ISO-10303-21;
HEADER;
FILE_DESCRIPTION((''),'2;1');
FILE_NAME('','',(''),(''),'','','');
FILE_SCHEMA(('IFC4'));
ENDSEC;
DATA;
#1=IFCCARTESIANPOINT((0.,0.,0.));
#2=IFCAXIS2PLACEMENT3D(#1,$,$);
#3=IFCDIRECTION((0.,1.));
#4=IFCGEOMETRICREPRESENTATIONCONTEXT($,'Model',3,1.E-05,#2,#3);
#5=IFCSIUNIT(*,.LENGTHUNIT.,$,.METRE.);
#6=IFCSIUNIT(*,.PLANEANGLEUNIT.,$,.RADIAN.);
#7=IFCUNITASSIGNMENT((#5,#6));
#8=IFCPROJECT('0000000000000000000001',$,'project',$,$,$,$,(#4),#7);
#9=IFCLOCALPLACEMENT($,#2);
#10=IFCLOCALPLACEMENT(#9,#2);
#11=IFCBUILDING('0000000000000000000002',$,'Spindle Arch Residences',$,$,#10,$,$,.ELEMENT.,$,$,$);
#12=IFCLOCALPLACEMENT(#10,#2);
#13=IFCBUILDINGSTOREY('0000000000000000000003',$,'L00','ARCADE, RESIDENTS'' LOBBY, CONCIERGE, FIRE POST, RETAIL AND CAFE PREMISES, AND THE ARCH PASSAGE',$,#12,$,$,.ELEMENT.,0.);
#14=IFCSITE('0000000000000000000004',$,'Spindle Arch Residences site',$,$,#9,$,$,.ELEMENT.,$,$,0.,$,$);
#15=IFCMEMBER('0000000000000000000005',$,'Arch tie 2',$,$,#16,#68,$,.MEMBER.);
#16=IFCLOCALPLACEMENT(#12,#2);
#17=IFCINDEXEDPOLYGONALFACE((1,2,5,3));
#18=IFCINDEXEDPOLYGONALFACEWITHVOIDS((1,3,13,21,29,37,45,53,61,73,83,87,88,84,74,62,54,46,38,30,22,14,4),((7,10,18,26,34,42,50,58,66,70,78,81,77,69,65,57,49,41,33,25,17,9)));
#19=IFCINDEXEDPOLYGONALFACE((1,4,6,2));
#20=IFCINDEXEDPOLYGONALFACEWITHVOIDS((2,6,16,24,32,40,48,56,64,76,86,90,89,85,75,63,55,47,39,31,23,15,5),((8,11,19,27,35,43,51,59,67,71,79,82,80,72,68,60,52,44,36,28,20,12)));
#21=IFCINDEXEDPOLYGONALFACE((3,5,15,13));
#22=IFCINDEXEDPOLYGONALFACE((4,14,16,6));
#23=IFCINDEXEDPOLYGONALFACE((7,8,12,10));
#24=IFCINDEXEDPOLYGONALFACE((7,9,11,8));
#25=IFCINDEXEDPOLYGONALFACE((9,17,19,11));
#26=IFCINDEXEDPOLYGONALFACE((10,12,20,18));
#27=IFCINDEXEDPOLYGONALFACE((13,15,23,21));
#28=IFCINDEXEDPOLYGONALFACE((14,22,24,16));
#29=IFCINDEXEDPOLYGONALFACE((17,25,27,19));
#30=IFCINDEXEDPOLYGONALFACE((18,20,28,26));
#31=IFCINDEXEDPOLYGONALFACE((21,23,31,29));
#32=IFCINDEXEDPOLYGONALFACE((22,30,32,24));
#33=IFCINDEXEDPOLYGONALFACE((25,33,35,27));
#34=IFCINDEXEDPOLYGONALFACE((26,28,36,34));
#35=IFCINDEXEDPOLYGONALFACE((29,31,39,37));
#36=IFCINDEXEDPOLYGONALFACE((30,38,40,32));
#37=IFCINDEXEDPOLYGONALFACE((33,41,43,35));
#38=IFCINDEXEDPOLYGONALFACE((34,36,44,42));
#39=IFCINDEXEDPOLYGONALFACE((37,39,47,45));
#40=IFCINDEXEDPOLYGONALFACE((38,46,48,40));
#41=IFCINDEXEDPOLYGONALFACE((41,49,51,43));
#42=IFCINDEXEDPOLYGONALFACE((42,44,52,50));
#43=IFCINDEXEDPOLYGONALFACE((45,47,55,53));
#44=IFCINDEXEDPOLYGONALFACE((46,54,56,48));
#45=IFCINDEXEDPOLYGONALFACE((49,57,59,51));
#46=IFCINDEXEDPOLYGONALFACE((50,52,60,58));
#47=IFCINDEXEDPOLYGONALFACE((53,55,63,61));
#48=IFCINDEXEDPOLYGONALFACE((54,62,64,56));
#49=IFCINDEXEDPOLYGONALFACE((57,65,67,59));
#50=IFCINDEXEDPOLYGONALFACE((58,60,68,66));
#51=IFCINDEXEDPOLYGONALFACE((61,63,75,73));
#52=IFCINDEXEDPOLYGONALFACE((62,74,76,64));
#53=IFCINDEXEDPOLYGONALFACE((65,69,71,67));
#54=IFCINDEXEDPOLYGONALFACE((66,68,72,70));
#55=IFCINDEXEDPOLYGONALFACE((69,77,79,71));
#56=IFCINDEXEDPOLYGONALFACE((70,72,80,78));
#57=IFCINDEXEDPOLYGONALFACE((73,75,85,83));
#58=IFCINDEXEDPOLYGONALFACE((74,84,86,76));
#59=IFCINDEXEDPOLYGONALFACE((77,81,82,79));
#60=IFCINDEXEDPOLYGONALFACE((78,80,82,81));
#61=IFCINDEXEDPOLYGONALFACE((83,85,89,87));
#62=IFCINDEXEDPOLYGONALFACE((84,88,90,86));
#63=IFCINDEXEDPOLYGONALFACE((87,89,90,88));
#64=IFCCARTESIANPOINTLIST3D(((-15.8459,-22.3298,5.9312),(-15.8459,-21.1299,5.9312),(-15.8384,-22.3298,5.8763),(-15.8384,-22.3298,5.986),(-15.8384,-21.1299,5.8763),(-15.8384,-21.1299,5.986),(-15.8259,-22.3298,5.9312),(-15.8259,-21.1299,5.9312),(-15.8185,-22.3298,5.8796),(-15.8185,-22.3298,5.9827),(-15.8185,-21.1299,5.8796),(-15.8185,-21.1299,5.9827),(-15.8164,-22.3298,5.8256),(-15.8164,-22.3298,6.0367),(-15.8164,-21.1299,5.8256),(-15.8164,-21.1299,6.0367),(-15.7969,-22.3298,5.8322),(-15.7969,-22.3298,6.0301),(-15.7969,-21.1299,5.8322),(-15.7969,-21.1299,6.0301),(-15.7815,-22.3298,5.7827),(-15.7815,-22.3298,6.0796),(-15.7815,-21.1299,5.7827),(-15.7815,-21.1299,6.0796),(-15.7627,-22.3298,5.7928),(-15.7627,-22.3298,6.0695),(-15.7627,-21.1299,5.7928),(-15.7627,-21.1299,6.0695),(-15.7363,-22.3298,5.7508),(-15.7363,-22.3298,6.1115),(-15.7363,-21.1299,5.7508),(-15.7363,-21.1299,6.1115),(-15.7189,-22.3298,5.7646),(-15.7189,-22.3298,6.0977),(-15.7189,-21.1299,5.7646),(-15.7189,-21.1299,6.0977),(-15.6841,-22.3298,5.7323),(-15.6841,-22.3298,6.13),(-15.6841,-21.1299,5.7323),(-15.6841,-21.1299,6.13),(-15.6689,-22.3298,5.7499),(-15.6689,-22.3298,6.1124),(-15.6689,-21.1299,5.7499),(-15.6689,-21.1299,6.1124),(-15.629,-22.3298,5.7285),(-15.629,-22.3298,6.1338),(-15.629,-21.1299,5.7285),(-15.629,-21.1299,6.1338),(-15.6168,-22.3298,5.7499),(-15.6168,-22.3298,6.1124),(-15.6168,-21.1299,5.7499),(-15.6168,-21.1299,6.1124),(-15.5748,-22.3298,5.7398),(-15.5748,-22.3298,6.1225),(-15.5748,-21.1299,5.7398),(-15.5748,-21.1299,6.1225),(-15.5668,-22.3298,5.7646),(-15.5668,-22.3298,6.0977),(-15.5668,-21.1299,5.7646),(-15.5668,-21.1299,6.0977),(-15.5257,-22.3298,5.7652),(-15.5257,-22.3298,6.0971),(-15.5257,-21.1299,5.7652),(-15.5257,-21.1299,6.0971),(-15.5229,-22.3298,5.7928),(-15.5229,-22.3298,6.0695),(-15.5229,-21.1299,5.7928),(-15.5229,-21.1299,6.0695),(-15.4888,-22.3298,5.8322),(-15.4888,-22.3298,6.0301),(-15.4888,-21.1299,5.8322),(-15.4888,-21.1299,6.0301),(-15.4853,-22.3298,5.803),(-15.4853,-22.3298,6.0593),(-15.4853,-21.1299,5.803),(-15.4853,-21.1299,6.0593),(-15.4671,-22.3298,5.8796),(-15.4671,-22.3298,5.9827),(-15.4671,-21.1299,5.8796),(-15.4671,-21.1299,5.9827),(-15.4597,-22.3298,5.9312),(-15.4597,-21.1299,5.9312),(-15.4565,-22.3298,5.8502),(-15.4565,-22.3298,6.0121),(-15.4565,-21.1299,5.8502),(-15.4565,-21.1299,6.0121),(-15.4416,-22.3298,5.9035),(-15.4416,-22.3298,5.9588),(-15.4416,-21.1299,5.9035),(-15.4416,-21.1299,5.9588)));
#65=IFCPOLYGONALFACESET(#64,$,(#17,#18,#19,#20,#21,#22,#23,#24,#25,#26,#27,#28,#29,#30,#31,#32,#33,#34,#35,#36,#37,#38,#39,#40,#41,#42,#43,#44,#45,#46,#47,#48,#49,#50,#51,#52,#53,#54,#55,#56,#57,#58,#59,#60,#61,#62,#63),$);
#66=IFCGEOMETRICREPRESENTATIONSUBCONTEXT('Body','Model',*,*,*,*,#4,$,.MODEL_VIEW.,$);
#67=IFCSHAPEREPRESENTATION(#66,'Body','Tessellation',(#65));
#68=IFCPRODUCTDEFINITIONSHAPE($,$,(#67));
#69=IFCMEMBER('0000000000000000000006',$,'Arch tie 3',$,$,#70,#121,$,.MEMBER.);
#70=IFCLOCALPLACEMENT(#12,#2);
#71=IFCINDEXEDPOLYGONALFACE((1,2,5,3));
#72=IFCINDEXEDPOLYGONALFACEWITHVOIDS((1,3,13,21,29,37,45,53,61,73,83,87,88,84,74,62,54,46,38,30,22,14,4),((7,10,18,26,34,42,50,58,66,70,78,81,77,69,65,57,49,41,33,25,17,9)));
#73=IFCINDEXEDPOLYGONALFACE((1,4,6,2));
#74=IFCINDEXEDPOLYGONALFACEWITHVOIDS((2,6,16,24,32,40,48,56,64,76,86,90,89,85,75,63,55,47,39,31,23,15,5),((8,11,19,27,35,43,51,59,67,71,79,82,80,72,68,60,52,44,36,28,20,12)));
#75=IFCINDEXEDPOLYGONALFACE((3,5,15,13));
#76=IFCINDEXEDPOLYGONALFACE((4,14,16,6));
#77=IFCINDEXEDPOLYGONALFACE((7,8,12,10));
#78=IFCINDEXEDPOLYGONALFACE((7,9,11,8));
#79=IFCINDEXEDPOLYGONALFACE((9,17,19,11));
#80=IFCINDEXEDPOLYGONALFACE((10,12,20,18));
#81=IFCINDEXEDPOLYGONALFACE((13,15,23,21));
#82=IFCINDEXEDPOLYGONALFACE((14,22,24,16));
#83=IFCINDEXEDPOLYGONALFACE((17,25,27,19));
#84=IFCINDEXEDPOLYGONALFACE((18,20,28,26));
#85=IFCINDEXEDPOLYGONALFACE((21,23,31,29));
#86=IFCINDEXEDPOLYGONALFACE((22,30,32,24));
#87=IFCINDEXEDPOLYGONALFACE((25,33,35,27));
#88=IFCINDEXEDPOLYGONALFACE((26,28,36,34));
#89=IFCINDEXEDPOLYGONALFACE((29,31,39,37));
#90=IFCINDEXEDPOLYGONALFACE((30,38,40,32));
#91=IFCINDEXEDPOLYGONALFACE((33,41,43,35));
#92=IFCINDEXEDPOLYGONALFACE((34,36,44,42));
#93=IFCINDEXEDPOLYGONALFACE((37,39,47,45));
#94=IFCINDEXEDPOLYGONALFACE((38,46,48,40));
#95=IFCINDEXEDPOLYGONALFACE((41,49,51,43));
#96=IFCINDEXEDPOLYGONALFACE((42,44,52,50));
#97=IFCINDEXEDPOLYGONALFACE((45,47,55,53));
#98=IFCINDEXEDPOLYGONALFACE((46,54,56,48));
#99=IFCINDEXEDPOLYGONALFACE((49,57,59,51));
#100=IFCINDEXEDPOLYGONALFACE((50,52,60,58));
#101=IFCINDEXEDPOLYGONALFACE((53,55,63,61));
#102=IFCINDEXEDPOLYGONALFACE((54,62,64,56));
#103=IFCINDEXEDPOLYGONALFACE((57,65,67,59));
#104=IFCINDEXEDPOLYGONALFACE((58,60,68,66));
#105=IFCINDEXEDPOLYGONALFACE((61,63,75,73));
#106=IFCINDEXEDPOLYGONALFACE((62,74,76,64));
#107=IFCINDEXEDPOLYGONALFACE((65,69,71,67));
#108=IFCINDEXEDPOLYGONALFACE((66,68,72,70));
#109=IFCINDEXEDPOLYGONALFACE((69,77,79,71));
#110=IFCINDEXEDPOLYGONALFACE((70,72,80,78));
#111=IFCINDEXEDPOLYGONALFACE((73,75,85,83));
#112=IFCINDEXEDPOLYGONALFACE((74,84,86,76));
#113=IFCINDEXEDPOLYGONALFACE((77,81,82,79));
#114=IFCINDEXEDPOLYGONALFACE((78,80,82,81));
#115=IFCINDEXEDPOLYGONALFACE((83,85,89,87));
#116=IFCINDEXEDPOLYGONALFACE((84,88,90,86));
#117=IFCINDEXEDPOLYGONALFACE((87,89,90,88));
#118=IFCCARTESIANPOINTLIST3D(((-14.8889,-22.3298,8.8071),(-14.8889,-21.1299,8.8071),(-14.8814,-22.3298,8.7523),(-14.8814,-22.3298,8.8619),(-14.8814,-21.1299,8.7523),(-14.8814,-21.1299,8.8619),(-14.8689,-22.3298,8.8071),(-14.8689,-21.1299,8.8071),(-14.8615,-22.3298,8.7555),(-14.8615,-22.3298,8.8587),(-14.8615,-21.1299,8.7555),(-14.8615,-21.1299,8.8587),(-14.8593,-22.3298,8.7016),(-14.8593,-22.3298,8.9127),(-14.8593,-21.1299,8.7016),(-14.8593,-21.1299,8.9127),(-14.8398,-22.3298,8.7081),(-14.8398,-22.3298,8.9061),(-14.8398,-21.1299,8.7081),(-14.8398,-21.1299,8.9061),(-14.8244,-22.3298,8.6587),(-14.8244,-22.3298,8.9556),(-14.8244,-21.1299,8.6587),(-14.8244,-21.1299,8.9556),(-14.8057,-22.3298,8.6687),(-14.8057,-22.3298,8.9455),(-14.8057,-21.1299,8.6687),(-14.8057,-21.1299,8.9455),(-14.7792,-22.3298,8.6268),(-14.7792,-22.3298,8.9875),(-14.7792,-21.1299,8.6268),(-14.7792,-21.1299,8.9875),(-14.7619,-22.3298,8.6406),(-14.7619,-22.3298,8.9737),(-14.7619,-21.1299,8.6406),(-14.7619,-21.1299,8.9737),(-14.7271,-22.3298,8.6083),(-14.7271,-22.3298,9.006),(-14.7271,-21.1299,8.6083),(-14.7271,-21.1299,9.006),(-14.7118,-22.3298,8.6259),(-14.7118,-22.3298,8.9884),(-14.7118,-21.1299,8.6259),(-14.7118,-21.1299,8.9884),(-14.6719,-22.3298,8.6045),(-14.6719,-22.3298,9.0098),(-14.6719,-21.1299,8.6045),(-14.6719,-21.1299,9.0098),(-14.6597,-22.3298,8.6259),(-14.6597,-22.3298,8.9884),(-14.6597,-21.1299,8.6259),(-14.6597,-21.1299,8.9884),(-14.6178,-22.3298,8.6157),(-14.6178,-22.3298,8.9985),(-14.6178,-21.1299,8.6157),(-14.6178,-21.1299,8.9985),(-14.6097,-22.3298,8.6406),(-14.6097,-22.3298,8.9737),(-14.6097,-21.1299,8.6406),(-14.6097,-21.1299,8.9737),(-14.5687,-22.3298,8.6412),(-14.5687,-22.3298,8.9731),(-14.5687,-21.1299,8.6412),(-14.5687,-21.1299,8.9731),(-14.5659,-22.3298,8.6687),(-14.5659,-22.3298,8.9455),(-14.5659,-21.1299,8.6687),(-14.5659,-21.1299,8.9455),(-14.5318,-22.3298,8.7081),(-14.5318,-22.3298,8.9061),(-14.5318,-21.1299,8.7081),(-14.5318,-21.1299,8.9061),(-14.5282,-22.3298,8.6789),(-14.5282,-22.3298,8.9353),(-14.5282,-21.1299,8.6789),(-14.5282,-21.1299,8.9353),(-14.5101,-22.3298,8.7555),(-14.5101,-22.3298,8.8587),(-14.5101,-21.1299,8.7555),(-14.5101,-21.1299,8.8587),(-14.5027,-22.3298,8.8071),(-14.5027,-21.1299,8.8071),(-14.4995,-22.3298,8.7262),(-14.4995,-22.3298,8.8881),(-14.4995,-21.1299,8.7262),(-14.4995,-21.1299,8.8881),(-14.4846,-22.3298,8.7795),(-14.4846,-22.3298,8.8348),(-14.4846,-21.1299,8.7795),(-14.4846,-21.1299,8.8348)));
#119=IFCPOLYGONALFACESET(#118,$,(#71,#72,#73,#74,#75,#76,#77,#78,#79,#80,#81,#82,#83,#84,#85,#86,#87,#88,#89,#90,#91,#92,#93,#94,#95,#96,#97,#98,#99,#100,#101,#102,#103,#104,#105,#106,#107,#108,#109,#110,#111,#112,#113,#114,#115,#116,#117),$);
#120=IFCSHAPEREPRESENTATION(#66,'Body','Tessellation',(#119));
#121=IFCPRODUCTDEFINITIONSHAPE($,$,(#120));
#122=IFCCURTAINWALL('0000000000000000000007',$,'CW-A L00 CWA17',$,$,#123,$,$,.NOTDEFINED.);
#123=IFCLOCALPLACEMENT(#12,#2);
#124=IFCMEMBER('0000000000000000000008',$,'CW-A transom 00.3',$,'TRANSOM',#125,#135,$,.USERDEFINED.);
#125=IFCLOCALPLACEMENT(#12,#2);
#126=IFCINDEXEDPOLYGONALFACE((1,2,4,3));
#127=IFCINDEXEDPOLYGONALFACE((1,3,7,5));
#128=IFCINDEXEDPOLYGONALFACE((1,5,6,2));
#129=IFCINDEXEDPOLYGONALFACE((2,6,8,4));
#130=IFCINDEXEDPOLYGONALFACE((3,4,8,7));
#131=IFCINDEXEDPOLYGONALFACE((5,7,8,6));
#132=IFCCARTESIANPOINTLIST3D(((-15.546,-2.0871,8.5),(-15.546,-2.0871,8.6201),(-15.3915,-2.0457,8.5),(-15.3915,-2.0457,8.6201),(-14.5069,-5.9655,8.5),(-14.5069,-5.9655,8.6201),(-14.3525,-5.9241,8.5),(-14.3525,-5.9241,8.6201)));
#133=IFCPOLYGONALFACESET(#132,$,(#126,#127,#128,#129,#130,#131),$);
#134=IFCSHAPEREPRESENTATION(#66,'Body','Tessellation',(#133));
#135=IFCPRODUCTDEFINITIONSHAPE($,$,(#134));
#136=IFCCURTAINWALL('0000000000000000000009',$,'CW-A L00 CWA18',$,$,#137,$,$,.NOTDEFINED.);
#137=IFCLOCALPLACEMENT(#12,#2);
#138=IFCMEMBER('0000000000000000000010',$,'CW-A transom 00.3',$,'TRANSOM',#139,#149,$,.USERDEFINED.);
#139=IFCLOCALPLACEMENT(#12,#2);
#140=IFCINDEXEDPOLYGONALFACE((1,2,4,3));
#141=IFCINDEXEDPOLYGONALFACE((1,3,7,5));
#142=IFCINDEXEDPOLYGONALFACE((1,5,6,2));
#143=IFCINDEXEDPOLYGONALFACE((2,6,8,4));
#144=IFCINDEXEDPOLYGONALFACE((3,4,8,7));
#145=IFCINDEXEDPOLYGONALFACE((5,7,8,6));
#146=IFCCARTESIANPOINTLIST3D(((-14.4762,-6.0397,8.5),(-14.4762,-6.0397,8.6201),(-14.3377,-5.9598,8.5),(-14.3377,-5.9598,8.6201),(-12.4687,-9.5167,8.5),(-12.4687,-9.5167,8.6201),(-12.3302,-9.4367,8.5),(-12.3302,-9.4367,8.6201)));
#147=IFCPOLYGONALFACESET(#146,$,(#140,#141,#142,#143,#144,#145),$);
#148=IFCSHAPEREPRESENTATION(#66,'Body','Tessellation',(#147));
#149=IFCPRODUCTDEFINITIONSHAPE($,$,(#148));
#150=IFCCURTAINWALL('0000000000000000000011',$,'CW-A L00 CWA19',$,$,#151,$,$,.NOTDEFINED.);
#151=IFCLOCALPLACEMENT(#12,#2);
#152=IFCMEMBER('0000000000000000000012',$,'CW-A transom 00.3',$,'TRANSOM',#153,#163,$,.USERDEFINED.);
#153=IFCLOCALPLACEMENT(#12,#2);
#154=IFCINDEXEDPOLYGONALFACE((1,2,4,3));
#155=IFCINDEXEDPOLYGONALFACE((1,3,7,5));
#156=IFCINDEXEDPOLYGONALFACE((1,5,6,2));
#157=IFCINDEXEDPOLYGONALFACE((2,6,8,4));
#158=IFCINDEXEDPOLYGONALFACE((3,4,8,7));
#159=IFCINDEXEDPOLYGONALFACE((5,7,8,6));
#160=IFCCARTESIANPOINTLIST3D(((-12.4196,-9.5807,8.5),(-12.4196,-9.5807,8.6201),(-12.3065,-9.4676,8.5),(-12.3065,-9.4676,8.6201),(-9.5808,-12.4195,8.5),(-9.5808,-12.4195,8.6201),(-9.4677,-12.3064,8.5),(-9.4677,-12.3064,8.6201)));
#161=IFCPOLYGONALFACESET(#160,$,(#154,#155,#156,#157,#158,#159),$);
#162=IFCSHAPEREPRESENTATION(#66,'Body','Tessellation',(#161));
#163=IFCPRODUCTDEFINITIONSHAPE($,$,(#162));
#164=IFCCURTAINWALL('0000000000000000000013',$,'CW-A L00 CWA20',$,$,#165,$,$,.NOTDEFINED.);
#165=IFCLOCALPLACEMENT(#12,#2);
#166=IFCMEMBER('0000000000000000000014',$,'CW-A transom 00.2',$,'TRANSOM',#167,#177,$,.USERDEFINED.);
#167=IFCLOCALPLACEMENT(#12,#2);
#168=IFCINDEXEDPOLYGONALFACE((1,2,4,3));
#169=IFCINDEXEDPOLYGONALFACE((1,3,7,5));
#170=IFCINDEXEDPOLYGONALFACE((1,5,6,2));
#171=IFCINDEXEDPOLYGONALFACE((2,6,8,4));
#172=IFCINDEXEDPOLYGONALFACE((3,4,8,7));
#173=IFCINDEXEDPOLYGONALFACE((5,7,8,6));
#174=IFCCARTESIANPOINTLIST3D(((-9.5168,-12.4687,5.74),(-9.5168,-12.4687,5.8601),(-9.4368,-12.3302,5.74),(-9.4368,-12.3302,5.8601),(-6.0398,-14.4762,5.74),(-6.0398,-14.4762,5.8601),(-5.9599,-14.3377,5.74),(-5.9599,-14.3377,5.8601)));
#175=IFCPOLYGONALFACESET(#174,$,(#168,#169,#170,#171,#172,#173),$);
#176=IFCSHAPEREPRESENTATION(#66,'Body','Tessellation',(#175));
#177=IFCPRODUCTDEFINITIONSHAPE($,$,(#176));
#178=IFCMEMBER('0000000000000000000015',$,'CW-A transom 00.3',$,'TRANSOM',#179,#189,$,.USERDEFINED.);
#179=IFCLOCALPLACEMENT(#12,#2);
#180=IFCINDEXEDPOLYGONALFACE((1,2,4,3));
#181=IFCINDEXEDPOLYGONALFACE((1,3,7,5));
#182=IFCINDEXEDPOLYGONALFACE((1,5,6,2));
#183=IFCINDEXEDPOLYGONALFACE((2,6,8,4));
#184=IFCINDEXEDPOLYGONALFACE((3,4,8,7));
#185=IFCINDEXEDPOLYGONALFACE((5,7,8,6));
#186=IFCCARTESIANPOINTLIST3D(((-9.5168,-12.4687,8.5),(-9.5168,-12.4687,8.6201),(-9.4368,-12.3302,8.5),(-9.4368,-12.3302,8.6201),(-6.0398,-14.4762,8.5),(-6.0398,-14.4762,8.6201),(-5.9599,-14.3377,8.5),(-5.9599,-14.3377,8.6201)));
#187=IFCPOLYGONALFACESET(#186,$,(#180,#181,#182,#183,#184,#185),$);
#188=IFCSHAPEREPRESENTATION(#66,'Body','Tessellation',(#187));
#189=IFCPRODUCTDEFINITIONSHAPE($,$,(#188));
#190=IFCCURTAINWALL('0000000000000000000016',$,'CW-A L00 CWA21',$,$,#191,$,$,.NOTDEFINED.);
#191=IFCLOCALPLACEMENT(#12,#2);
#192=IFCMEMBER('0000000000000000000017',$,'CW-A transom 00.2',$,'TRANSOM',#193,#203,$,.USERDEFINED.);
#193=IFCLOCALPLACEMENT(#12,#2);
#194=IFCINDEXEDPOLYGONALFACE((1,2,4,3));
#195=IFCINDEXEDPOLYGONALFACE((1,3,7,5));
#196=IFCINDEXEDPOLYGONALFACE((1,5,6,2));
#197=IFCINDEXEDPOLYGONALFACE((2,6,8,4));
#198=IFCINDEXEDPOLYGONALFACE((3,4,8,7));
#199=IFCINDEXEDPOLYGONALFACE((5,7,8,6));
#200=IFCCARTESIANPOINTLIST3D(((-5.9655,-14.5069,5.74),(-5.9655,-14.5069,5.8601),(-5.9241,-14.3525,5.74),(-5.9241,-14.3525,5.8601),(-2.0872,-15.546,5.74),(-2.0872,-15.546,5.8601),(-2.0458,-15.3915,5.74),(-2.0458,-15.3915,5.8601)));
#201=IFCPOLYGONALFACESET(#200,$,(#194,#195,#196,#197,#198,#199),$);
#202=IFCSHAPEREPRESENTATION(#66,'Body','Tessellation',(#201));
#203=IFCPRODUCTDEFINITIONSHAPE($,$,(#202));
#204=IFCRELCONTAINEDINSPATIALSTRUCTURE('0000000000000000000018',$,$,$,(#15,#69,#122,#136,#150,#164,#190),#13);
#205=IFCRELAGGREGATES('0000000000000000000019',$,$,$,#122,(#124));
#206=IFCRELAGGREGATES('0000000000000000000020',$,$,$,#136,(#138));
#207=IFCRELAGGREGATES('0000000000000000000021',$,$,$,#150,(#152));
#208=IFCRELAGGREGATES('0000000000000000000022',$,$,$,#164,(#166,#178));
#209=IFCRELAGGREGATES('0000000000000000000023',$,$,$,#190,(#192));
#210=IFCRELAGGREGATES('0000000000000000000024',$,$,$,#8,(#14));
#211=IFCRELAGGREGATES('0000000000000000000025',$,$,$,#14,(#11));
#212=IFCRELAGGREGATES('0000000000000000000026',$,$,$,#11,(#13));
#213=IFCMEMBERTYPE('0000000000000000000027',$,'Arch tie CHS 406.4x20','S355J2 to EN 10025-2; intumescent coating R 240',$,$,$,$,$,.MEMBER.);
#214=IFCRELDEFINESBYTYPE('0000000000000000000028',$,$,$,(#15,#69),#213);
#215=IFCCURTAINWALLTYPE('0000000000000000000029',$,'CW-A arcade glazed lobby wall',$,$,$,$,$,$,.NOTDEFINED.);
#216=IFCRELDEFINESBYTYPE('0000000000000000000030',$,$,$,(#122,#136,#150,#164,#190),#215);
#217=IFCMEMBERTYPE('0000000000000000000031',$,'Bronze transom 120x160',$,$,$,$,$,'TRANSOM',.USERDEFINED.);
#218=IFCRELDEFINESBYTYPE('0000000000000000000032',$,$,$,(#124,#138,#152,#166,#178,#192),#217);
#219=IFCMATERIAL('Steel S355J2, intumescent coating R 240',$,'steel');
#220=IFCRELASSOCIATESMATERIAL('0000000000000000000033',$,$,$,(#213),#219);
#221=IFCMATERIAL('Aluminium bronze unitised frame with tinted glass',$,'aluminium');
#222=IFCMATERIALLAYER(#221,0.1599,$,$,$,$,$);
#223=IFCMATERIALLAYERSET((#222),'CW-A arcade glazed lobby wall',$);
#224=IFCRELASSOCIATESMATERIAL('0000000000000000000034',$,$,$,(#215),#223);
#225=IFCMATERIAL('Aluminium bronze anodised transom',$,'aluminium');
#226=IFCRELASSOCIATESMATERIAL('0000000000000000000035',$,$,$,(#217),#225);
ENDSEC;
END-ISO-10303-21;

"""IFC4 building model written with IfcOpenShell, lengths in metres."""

from ifc_helpers import new_model, si_unit, direction, frame, origin, origin_2d, place, context, subcontext, project, spatial, rectangle, hollow_circle, extrude, material, layer, layer_set, material_profile, profile_set, type_object, element, aggregate, save


model = new_model("IFC4")

# Units and contexts
model_context = context("Model", 3, precision=1e-05, world=origin(), true_north=direction((0.0, 1.0)))
body_context = subcontext(model_context, "Body", "Model", "MODEL_VIEW")
ifc_project = project(units=[si_unit("LENGTHUNIT", "METRE"), si_unit("PLANEANGLEUNIT", "RADIAN")], contexts=[model_context])

# Site, building, storey
site_placement = place(None, origin())
site = spatial("IfcSite", under=ifc_project, at=site_placement, Name="Spindle Arch Residences site", CompositionType="ELEMENT", RefElevation=0.0)
building_placement = place(site_placement, origin())
building = spatial("IfcBuilding", under=site, at=building_placement, Name="Spindle Arch Residences", CompositionType="ELEMENT")
storey_placement = place(building_placement, origin())
storey = spatial("IfcBuildingStorey", under=building, at=storey_placement, Name="L00", Description="ARCADE, RESIDENTS' LOBBY, CONCIERGE, FIRE POST, RETAIL AND CAFE PREMISES, AND THE ARCH PASSAGE", CompositionType="ELEMENT", Elevation=0.0)

# Members
ifc_material_1 = material(Name="Steel S355J2, intumescent coating R 240", Category="steel")
ifc_material_profile_1 = material_profile(ifc_material_1, hollow_circle(Radius=0.2031, WallThickness=0.02, at=origin_2d()), Name="CHS 406.4x20")
ifc_profile_set_1 = profile_set([ifc_material_profile_1], Name="Steel S355J2, intumescent coating R 240")
member_type_1 = type_object("IfcMemberType", Name="Arch tie CHS 406.4x20", Description="S355J2 to EN 10025-2; intumescent coating R 240", PredefinedType="MEMBER", material=ifc_profile_set_1)
for number, where, z_axis, x_axis, name in (
    (1, (-15.6428, -22.3298, 5.9312), (0.0, 1.0, 0.0), (-1.0, 0.0, 0.0), "Arch tie 2"),
    (2, (-14.6858, -22.3298, 8.8071), (0.0, 1.0, 0.0), (-1.0, 0.0, 0.0), "Arch tie 3"),
):
    element("IfcMember", number, at=place(storey_placement, frame(where, z_axis=z_axis, x_axis=x_axis)), inside=storey, type_object=member_type_1, Name=name, PredefinedType="MEMBER", context=body_context, shape_type="SweptSolid", body=[
        extrude(hollow_circle(Radius=0.2031, WallThickness=0.02, at=origin_2d()), origin(), (0.0, 0.0, 1.0), 1.2),
    ])

# Curtain walls, members
ifc_material_2 = material(Name="Aluminium bronze unitised frame with tinted glass", Category="aluminium")
ifc_layer_1 = layer(ifc_material_2, 0.1599)
ifc_layer_set_1 = layer_set([ifc_layer_1], Name="CW-A arcade glazed lobby wall")
curtain_wall_type = type_object("IfcCurtainWallType", Name="CW-A arcade glazed lobby wall", PredefinedType="NOTDEFINED", material=ifc_layer_set_1)
curtain_wall_1_placement = place(storey_placement, origin())
curtain_wall_1 = element("IfcCurtainWall", 3, at=curtain_wall_1_placement, inside=storey, type_object=curtain_wall_type, Name="CW-A L00 CWA17", PredefinedType="NOTDEFINED")
ifc_material_3 = material(Name="Aluminium bronze anodised transom", Category="aluminium")
ifc_material_profile_2 = material_profile(ifc_material_3, rectangle(XDim=0.1599, YDim=0.1201, at=origin_2d()), Name="TR 120x160")
ifc_profile_set_2 = profile_set([ifc_material_profile_2], Name="Aluminium bronze anodised transom")
member_type_2 = type_object("IfcMemberType", Name="Bronze transom 120x160", ElementType="TRANSOM", PredefinedType="USERDEFINED", material=ifc_profile_set_2)
member_1_placement = place(storey_placement, frame((-15.4688, -2.0664, 8.5601), z_axis=(0.258783, -0.965936, 0.0), x_axis=(0.965936, 0.258783, 0.0)))
member_1 = element("IfcMember", 4, at=member_1_placement, type_object=member_type_2, Name="CW-A transom 00.3", ObjectType="TRANSOM", PredefinedType="USERDEFINED", context=body_context, shape_type="SweptSolid", body=[
    extrude(rectangle(XDim=0.1599, YDim=0.1201, at=origin_2d()), origin(), (0.0, 0.0, 1.0), 4.0151),
])
curtain_wall_2_placement = place(storey_placement, origin())
curtain_wall_2 = element("IfcCurtainWall", 5, at=curtain_wall_2_placement, inside=storey, type_object=curtain_wall_type, Name="CW-A L00 CWA18", PredefinedType="NOTDEFINED")
member_2_placement = place(storey_placement, frame((-14.407, -5.9998, 8.5601), z_axis=(0.500017, -0.866015, 0.0), x_axis=(0.866015, 0.500017, 0.0)))
member_2 = element("IfcMember", 6, at=member_2_placement, type_object=member_type_2, Name="CW-A transom 00.3", ObjectType="TRANSOM", PredefinedType="USERDEFINED", context=body_context, shape_type="SweptSolid", body=[
    extrude(rectangle(XDim=0.1599, YDim=0.1201, at=origin_2d()), origin(), (0.0, 0.0, 1.0), 4.0149),
])
curtain_wall_3_placement = place(storey_placement, origin())
curtain_wall_3 = element("IfcCurtainWall", 7, at=curtain_wall_3_placement, inside=storey, type_object=curtain_wall_type, Name="CW-A L00 CWA19", PredefinedType="NOTDEFINED")
member_3_placement = place(storey_placement, frame((-12.363, -9.5242, 8.5601), z_axis=(0.707107, -0.707107, 0.0), x_axis=(0.707107, 0.707107, 0.0)))
member_3 = element("IfcMember", 8, at=member_3_placement, type_object=member_type_2, Name="CW-A transom 00.3", ObjectType="TRANSOM", PredefinedType="USERDEFINED", context=body_context, shape_type="SweptSolid", body=[
    extrude(rectangle(XDim=0.1599, YDim=0.1201, at=origin_2d()), origin(), (0.0, 0.0, 1.0), 4.0146),
])

# Curtain walls, members
curtain_wall_4_placement = place(storey_placement, origin())
curtain_wall_4 = element("IfcCurtainWall", 9, at=curtain_wall_4_placement, inside=storey, type_object=curtain_wall_type, Name="CW-A L00 CWA20", PredefinedType="NOTDEFINED")
member_4_placement = place(storey_placement, frame((-9.4768, -12.3994, 5.8), z_axis=(0.866015, -0.500017, 0.0), x_axis=(0.500017, 0.866015, 0.0)))
member_4 = element("IfcMember", 10, at=member_4_placement, type_object=member_type_2, Name="CW-A transom 00.2", ObjectType="TRANSOM", PredefinedType="USERDEFINED", context=body_context, shape_type="SweptSolid", body=[
    extrude(rectangle(XDim=0.1599, YDim=0.1201, at=origin_2d()), origin(), (0.0, 0.0, 1.0), 4.0149),
])
member_5_placement = place(storey_placement, frame((-9.4768, -12.3994, 8.5601), z_axis=(0.866015, -0.500017, 0.0), x_axis=(0.500017, 0.866015, 0.0)))
member_5 = element("IfcMember", 11, at=member_5_placement, type_object=member_type_2, Name="CW-A transom 00.3", ObjectType="TRANSOM", PredefinedType="USERDEFINED", context=body_context, shape_type="SweptSolid", body=[
    extrude(rectangle(XDim=0.1599, YDim=0.1201, at=origin_2d()), origin(), (0.0, 0.0, 1.0), 4.0149),
])
curtain_wall_5_placement = place(storey_placement, origin())
curtain_wall_5 = element("IfcCurtainWall", 12, at=curtain_wall_5_placement, inside=storey, type_object=curtain_wall_type, Name="CW-A L00 CWA21", PredefinedType="NOTDEFINED")
member_6_placement = place(storey_placement, frame((-5.9448, -14.4297, 5.8), z_axis=(0.965936, -0.258783, 0.0), x_axis=(0.258783, 0.965936, 0.0)))
member_6 = element("IfcMember", 13, at=member_6_placement, type_object=member_type_2, Name="CW-A transom 00.2", ObjectType="TRANSOM", PredefinedType="USERDEFINED", context=body_context, shape_type="SweptSolid", body=[
    extrude(rectangle(XDim=0.1599, YDim=0.1201, at=origin_2d()), origin(), (0.0, 0.0, 1.0), 4.0151),
])

aggregate(curtain_wall_1, [member_1])
aggregate(curtain_wall_2, [member_2])
aggregate(curtain_wall_3, [member_3])
aggregate(curtain_wall_4, [member_4, member_5])
aggregate(curtain_wall_5, [member_6])

save(model, "model.ifc")
